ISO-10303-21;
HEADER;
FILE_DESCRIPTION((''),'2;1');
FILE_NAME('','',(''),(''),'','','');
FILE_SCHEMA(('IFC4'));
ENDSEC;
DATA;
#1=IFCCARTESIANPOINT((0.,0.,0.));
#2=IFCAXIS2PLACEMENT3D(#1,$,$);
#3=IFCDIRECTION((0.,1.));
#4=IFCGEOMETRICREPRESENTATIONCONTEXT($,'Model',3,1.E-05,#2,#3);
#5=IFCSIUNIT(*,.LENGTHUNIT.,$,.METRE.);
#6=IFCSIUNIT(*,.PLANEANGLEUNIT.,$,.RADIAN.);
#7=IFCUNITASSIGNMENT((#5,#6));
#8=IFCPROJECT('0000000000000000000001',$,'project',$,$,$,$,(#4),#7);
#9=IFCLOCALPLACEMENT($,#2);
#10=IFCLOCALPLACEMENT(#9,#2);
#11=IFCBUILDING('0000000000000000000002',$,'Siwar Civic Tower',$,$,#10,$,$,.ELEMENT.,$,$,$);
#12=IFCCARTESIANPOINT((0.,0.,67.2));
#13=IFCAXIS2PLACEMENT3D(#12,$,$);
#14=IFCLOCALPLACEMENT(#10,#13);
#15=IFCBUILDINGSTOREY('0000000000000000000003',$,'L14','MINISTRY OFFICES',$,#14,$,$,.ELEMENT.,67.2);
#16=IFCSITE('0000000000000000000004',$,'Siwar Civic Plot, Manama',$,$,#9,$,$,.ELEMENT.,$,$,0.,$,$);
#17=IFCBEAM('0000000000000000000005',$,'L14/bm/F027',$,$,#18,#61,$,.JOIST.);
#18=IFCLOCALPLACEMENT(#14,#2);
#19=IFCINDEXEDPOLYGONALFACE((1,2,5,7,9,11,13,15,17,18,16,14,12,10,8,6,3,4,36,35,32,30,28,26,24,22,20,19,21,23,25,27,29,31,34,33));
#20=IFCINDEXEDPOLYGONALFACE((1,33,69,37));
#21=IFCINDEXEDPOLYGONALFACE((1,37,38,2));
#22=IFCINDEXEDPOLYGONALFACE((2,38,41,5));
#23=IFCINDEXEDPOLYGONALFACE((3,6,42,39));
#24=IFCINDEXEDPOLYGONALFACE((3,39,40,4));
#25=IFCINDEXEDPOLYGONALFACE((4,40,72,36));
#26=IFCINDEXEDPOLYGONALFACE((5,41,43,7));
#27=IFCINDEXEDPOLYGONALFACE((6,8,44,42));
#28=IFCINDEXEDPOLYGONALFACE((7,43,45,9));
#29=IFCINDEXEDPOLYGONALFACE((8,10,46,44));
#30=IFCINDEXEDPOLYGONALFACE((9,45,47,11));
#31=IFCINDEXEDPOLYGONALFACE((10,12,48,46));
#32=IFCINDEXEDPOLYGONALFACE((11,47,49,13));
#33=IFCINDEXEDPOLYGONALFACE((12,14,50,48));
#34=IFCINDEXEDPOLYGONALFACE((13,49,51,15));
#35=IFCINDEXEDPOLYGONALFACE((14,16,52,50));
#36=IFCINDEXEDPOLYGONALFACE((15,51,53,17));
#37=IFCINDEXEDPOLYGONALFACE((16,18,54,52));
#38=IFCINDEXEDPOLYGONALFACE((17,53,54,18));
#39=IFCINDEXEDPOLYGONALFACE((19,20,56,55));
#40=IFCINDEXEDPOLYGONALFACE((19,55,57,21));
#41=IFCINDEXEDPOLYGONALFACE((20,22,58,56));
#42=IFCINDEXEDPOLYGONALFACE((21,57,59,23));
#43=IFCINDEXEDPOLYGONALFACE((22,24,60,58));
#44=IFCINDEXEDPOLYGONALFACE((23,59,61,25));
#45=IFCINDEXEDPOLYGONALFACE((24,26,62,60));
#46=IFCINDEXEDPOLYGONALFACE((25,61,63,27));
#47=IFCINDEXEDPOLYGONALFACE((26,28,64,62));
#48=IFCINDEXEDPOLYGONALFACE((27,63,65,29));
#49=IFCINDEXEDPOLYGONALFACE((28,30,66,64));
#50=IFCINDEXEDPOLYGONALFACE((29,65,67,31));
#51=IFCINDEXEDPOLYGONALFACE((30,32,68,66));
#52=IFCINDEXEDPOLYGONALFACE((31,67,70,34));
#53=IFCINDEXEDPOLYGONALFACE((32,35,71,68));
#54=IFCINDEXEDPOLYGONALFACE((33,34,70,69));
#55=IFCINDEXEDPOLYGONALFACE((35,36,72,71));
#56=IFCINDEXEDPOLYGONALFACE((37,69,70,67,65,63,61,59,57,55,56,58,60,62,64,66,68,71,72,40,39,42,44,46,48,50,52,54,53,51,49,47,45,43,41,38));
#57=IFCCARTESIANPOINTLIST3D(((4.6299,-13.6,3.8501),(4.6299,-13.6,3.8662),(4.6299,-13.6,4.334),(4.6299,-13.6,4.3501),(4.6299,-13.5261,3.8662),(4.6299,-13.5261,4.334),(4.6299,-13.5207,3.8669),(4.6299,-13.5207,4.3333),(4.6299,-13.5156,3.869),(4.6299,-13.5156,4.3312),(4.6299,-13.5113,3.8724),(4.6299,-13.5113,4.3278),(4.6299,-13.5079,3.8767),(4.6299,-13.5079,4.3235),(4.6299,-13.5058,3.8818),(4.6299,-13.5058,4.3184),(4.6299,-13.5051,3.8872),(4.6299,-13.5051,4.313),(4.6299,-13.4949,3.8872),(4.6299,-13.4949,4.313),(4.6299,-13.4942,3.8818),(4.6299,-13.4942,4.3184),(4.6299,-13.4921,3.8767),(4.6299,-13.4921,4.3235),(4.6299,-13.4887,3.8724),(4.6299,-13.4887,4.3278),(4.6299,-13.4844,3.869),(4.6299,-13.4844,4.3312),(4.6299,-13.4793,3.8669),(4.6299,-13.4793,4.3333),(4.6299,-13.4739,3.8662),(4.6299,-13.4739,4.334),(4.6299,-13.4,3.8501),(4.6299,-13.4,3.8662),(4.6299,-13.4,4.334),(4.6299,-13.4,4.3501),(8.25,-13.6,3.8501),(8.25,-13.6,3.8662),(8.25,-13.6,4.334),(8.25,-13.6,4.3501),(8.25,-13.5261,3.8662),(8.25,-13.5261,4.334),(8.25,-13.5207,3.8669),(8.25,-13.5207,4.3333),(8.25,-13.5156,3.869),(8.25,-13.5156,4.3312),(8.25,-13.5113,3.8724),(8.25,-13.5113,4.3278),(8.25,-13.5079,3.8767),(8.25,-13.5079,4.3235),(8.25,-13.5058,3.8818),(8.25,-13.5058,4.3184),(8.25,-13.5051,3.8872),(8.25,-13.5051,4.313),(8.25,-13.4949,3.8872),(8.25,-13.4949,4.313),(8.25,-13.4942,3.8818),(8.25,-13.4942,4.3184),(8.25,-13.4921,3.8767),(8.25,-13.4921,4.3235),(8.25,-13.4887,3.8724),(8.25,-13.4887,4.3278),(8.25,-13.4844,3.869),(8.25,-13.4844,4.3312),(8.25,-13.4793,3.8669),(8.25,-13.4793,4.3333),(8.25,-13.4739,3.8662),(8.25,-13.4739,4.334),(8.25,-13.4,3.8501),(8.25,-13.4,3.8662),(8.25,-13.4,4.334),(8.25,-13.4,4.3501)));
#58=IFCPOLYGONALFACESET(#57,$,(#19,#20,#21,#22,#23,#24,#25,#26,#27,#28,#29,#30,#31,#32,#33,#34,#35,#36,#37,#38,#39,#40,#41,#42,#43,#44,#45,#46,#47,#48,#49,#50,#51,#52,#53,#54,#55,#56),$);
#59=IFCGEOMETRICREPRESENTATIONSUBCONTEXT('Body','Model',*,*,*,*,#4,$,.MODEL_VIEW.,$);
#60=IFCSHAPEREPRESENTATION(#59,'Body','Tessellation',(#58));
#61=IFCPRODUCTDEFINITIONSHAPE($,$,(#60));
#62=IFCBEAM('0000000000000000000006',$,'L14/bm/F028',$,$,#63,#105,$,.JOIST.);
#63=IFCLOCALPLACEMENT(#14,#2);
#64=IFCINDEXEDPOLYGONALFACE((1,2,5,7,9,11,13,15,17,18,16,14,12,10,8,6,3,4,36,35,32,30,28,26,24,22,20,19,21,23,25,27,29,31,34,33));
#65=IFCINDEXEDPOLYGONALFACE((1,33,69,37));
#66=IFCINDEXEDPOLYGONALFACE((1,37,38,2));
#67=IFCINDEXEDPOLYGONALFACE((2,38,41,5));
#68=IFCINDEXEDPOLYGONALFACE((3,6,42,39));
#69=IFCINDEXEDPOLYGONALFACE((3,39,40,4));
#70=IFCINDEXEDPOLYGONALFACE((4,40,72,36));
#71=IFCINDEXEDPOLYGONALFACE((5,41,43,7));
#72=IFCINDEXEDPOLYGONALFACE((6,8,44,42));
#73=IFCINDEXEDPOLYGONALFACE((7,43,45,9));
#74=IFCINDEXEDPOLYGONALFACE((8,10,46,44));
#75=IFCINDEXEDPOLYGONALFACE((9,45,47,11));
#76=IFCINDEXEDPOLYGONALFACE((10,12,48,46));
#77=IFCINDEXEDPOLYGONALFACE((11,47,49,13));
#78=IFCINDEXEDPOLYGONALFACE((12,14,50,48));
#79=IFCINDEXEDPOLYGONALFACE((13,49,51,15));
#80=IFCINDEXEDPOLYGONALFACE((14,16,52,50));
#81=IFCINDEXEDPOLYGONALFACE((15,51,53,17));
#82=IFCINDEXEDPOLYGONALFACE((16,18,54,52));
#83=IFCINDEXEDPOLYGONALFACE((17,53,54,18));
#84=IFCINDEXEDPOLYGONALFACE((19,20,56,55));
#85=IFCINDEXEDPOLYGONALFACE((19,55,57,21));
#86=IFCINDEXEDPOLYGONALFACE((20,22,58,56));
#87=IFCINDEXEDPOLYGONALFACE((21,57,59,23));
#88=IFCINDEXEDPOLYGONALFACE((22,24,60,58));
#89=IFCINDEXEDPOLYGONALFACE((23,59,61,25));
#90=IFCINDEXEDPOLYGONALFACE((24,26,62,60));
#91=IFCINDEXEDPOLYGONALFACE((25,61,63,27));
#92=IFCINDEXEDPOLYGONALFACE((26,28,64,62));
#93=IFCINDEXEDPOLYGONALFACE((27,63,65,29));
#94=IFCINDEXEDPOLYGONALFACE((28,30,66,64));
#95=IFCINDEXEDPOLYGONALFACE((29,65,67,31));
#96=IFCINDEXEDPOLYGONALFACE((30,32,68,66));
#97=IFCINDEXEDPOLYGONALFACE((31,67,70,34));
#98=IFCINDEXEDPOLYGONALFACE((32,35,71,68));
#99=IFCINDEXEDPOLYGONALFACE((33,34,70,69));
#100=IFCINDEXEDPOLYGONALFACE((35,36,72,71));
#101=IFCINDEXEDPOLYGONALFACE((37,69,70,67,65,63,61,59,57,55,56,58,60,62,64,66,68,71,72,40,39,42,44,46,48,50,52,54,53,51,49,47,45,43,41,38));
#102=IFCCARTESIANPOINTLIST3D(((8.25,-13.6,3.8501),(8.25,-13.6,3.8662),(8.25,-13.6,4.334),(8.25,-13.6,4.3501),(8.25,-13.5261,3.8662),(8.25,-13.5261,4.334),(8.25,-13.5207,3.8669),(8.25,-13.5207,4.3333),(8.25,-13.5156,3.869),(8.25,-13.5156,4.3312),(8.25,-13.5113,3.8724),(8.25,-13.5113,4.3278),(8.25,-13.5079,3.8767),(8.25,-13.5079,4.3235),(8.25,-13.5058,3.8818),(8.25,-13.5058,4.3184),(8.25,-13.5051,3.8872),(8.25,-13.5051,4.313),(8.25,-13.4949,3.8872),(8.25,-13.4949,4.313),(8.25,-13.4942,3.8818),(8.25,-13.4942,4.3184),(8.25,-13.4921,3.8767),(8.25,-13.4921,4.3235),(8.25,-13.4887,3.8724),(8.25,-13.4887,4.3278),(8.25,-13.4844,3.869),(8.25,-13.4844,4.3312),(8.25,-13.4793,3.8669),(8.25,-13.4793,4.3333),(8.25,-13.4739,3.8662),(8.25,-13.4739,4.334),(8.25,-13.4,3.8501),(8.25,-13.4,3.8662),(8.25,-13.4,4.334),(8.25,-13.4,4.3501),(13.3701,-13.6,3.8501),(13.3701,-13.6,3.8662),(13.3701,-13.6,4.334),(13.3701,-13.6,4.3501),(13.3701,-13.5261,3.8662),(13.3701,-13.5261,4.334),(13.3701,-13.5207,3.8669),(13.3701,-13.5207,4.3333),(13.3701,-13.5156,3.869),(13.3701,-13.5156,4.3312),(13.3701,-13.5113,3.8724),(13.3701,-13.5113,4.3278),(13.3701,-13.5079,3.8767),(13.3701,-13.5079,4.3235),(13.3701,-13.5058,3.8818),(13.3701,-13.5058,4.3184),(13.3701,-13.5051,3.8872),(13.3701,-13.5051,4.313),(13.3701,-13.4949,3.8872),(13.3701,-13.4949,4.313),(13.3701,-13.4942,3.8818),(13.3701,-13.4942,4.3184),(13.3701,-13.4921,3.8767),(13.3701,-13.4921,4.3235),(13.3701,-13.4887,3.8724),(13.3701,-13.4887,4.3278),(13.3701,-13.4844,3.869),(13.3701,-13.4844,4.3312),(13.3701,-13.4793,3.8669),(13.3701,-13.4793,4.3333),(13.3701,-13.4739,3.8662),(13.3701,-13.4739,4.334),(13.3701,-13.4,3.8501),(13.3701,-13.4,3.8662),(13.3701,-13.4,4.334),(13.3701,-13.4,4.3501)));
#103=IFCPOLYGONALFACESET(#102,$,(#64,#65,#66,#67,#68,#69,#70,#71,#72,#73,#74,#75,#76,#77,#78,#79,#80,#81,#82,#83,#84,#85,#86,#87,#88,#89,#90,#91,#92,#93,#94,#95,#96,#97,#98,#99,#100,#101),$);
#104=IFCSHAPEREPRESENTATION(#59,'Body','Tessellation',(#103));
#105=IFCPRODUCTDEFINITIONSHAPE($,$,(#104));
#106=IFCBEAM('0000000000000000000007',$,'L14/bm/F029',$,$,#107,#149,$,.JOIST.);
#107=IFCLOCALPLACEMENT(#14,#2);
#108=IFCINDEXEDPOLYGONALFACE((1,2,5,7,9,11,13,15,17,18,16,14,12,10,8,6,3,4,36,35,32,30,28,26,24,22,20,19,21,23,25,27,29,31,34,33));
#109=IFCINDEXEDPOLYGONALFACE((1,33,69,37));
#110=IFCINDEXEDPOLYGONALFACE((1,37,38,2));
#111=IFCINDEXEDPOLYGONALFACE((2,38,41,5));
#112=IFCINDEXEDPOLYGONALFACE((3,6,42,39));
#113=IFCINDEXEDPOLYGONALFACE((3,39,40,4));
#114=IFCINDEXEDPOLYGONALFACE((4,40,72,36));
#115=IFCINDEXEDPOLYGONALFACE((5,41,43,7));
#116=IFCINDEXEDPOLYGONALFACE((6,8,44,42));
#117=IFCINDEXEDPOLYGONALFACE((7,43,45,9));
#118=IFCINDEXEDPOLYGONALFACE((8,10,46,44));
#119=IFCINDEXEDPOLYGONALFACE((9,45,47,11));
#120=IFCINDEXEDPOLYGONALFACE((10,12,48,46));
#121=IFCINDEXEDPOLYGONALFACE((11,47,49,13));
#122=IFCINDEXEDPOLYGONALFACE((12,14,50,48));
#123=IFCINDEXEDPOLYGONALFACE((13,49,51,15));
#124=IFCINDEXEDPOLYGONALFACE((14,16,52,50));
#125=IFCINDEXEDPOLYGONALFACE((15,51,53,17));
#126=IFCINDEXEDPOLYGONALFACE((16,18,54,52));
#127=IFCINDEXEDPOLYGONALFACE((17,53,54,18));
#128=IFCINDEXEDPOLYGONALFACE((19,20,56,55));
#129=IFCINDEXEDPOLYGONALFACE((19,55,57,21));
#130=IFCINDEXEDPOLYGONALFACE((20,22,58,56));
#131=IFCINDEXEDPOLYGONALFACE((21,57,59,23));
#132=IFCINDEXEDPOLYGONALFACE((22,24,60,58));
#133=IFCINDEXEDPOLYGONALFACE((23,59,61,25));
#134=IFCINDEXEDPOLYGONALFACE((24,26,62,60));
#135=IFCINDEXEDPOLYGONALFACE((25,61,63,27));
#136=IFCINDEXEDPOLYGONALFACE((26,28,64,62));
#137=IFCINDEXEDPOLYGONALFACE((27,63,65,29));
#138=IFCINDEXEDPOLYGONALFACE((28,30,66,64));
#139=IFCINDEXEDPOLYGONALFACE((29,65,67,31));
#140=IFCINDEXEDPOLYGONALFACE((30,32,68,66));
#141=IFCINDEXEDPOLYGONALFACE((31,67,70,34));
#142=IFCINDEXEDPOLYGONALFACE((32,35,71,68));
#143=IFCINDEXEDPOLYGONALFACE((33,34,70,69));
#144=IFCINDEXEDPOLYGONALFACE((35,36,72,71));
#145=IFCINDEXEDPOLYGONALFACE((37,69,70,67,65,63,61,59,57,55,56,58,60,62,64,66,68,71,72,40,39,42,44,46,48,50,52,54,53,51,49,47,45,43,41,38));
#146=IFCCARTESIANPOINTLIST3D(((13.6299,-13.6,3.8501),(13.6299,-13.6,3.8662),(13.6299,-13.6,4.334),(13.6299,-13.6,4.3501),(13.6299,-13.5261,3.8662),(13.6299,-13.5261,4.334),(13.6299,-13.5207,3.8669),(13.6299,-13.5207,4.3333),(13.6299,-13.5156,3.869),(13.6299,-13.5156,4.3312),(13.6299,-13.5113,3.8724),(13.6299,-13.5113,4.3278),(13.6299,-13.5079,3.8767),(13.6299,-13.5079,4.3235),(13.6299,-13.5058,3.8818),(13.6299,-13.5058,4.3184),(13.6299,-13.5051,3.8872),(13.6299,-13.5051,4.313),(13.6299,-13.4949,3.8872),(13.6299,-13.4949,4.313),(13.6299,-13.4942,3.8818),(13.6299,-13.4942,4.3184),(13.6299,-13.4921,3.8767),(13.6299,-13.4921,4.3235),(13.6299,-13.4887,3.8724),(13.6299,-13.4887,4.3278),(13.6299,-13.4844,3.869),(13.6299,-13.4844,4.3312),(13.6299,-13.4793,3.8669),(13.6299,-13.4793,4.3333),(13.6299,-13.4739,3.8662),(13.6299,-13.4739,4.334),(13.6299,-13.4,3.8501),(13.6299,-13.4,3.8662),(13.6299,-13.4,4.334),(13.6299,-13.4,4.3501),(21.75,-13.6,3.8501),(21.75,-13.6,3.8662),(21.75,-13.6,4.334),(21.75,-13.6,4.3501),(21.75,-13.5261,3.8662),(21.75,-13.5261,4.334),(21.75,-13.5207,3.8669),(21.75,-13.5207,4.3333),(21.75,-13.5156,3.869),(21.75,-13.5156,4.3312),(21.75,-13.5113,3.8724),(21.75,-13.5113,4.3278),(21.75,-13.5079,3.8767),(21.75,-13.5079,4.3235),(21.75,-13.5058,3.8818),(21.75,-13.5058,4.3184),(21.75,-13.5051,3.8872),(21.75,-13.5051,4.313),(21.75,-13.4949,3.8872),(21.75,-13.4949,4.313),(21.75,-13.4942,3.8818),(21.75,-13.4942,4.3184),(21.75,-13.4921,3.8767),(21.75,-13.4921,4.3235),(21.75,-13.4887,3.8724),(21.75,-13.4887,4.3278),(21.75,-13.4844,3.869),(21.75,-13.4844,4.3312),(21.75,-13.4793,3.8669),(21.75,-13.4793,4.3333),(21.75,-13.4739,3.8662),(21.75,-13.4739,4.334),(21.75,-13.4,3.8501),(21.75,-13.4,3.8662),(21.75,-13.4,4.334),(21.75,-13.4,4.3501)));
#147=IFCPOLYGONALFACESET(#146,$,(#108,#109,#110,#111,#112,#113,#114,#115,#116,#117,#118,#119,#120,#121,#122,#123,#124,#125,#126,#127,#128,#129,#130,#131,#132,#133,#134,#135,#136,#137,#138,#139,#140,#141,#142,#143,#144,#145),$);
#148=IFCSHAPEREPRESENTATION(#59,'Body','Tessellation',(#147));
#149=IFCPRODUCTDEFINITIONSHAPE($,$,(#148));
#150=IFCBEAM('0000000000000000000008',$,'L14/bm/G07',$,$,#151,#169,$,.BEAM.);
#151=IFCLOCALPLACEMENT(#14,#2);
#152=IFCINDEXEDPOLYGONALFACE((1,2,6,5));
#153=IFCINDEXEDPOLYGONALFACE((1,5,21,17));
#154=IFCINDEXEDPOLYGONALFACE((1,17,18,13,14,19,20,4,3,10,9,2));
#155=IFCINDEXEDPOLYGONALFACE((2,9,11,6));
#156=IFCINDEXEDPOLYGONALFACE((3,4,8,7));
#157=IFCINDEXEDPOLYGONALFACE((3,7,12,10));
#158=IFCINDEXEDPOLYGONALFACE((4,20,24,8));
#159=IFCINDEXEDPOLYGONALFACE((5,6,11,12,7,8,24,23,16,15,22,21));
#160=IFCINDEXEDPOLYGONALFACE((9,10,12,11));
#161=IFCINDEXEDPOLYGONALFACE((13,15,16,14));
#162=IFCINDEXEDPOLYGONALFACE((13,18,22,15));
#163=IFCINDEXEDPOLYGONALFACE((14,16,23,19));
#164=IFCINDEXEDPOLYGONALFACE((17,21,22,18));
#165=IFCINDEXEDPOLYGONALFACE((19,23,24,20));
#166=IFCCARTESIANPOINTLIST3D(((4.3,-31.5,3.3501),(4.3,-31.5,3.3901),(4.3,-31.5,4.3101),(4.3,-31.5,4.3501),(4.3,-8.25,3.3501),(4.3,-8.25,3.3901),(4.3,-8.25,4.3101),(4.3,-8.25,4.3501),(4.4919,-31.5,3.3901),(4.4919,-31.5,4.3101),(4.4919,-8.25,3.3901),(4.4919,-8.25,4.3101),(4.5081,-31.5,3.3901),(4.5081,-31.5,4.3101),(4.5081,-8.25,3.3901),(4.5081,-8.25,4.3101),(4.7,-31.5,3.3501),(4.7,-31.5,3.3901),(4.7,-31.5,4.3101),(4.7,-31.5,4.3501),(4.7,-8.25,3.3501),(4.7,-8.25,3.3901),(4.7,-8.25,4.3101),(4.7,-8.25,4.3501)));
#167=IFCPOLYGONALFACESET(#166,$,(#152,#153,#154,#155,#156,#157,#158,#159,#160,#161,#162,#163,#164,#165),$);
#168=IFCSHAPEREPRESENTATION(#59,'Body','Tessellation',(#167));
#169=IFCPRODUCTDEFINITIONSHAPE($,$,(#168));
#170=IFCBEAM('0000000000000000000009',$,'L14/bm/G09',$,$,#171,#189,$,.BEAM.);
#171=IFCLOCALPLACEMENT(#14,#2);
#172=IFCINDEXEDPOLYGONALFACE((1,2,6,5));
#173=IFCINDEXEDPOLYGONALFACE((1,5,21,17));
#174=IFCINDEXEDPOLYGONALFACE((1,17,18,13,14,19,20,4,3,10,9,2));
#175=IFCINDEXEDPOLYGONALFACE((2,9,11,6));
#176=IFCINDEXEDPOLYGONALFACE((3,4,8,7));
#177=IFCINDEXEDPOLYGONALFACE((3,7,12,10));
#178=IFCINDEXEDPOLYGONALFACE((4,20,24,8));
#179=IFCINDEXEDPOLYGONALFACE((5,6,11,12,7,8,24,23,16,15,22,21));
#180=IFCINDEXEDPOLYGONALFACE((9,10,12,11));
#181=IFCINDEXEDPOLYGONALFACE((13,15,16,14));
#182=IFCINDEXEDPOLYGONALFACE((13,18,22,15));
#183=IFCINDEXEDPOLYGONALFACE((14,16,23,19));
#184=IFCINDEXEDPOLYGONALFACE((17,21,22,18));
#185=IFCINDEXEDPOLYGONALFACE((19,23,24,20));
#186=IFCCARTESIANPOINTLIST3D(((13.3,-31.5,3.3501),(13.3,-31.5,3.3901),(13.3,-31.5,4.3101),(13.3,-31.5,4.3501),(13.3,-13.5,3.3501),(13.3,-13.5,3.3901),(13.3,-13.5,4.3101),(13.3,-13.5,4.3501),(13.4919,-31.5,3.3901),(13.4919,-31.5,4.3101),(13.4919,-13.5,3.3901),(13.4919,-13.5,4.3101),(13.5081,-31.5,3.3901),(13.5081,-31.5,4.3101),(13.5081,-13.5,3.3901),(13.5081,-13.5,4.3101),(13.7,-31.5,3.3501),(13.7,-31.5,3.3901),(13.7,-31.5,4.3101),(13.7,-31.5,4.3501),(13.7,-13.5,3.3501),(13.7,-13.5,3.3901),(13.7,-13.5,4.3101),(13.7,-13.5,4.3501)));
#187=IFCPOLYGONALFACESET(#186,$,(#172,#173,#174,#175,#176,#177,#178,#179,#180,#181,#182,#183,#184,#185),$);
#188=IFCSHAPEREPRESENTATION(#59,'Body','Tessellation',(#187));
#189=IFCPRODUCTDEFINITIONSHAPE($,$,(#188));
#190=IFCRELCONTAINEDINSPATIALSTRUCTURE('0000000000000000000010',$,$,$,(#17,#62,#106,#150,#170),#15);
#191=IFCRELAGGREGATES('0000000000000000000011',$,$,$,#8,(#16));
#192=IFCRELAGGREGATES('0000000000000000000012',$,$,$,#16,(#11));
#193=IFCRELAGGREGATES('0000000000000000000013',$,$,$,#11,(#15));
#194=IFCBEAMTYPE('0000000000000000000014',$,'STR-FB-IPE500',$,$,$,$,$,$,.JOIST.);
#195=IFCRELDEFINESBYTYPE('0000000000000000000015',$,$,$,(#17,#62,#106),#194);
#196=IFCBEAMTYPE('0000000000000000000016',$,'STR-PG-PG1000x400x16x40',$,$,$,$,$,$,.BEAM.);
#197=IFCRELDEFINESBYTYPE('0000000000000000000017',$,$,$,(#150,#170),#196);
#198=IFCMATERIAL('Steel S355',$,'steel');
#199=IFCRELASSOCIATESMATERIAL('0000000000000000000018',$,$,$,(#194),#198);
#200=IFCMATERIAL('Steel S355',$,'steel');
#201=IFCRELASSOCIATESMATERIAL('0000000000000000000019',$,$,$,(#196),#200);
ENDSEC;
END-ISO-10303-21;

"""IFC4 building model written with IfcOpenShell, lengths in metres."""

from ifc_helpers import new_model, si_unit, direction, frame, origin, origin_2d, place, context, subcontext, project, spatial, i_section, extrude, material, material_profile, profile_set, type_object, element, save


model = new_model("IFC4")

# Units and contexts
model_context = context("Model", 3, precision=1e-05, world=origin(), true_north=direction((0.0, 1.0)))
body_context = subcontext(model_context, "Body", "Model", "MODEL_VIEW")
ifc_project = project(units=[si_unit("LENGTHUNIT", "METRE"), si_unit("PLANEANGLEUNIT", "RADIAN")], contexts=[model_context])

# Site, building, storey
site_placement = place(None, origin())
site = spatial("IfcSite", under=ifc_project, at=site_placement, Name="Siwar Civic Plot, Manama", CompositionType="ELEMENT", RefElevation=0.0)
building_placement = place(site_placement, origin())
building = spatial("IfcBuilding", under=site, at=building_placement, Name="Siwar Civic Tower", CompositionType="ELEMENT")
storey_placement = place(building_placement, frame((0.0, 0.0, 67.2)))
storey = spatial("IfcBuildingStorey", under=building, at=storey_placement, Name="L14", Description="MINISTRY OFFICES", CompositionType="ELEMENT", Elevation=67.2)

# Beams
ifc_material_1 = material(Name="Steel S355", Category="steel")
ifc_material_profile_1 = material_profile(ifc_material_1, i_section(OverallWidth=0.2, OverallDepth=0.5, WebThickness=0.0103, FlangeThickness=0.0161, FilletRadius=0.021, at=origin_2d()), Name="IPE500")
ifc_profile_set_1 = profile_set([ifc_material_profile_1], Name="Steel S355")
beam_type_1 = type_object("IfcBeamType", Name="STR-FB-IPE500", PredefinedType="JOIST", material=ifc_profile_set_1)
beam_1_placement = place(storey_placement, frame((4.6299, -13.5, 4.1001), z_axis=(1.0, 0.0, 0.0), x_axis=(0.0, 1.0, 0.0)))
element("IfcBeam", 1, at=beam_1_placement, inside=storey, type_object=beam_type_1, Name="L14/bm/F027", PredefinedType="JOIST", context=body_context, shape_type="SweptSolid", body=[
    extrude(i_section(OverallWidth=0.2, OverallDepth=0.5, WebThickness=0.0103, FlangeThickness=0.0161, FilletRadius=0.021, at=origin_2d()), origin(), (0.0, 0.0, 1.0), 3.6201),
])
beam_2_placement = place(storey_placement, frame((8.25, -13.5, 4.1001), z_axis=(1.0, 0.0, 0.0), x_axis=(0.0, 1.0, 0.0)))
element("IfcBeam", 2, at=beam_2_placement, inside=storey, type_object=beam_type_1, Name="L14/bm/F028", PredefinedType="JOIST", context=body_context, shape_type="SweptSolid", body=[
    extrude(i_section(OverallWidth=0.2, OverallDepth=0.5, WebThickness=0.0103, FlangeThickness=0.0161, FilletRadius=0.021, at=origin_2d()), origin(), (0.0, 0.0, 1.0), 5.1201),
])
beam_3_placement = place(storey_placement, frame((13.6299, -13.5, 4.1001), z_axis=(1.0, 0.0, 0.0), x_axis=(0.0, 1.0, 0.0)))
element("IfcBeam", 3, at=beam_3_placement, inside=storey, type_object=beam_type_1, Name="L14/bm/F029", PredefinedType="JOIST", context=body_context, shape_type="SweptSolid", body=[
    extrude(i_section(OverallWidth=0.2, OverallDepth=0.5, WebThickness=0.0103, FlangeThickness=0.0161, FilletRadius=0.021, at=origin_2d()), origin(), (0.0, 0.0, 1.0), 8.1201),
])
ifc_material_2 = material(Name="Steel S355", Category="steel")
ifc_material_profile_2 = material_profile(ifc_material_2, i_section(OverallWidth=0.3999, OverallDepth=1.0, WebThickness=0.0161, FlangeThickness=0.04, at=origin_2d()), Name="PG1000x400x16x40")
ifc_profile_set_2 = profile_set([ifc_material_profile_2], Name="Steel S355")
beam_type_2 = type_object("IfcBeamType", Name="STR-PG-PG1000x400x16x40", PredefinedType="BEAM", material=ifc_profile_set_2)
beam_4_placement = place(storey_placement, frame((4.5, -31.5, 3.8501), z_axis=(0.0, 1.0, 0.0), x_axis=(-1.0, 0.0, 0.0)))
element("IfcBeam", 4, at=beam_4_placement, inside=storey, type_object=beam_type_2, Name="L14/bm/G07", PredefinedType="BEAM", context=body_context, shape_type="SweptSolid", body=[
    extrude(i_section(OverallWidth=0.3999, OverallDepth=1.0, WebThickness=0.0161, FlangeThickness=0.04, at=origin_2d()), origin(), (0.0, 0.0, 1.0), 23.25),
])
beam_5_placement = place(storey_placement, frame((13.5, -31.5, 3.8501), z_axis=(0.0, 1.0, 0.0), x_axis=(-1.0, 0.0, 0.0)))
element("IfcBeam", 5, at=beam_5_placement, inside=storey, type_object=beam_type_2, Name="L14/bm/G09", PredefinedType="BEAM", context=body_context, shape_type="SweptSolid", body=[
    extrude(i_section(OverallWidth=0.3999, OverallDepth=1.0, WebThickness=0.0161, FlangeThickness=0.04, at=origin_2d()), origin(), (0.0, 0.0, 1.0), 18.0),
])

save(model, "model.ifc")
